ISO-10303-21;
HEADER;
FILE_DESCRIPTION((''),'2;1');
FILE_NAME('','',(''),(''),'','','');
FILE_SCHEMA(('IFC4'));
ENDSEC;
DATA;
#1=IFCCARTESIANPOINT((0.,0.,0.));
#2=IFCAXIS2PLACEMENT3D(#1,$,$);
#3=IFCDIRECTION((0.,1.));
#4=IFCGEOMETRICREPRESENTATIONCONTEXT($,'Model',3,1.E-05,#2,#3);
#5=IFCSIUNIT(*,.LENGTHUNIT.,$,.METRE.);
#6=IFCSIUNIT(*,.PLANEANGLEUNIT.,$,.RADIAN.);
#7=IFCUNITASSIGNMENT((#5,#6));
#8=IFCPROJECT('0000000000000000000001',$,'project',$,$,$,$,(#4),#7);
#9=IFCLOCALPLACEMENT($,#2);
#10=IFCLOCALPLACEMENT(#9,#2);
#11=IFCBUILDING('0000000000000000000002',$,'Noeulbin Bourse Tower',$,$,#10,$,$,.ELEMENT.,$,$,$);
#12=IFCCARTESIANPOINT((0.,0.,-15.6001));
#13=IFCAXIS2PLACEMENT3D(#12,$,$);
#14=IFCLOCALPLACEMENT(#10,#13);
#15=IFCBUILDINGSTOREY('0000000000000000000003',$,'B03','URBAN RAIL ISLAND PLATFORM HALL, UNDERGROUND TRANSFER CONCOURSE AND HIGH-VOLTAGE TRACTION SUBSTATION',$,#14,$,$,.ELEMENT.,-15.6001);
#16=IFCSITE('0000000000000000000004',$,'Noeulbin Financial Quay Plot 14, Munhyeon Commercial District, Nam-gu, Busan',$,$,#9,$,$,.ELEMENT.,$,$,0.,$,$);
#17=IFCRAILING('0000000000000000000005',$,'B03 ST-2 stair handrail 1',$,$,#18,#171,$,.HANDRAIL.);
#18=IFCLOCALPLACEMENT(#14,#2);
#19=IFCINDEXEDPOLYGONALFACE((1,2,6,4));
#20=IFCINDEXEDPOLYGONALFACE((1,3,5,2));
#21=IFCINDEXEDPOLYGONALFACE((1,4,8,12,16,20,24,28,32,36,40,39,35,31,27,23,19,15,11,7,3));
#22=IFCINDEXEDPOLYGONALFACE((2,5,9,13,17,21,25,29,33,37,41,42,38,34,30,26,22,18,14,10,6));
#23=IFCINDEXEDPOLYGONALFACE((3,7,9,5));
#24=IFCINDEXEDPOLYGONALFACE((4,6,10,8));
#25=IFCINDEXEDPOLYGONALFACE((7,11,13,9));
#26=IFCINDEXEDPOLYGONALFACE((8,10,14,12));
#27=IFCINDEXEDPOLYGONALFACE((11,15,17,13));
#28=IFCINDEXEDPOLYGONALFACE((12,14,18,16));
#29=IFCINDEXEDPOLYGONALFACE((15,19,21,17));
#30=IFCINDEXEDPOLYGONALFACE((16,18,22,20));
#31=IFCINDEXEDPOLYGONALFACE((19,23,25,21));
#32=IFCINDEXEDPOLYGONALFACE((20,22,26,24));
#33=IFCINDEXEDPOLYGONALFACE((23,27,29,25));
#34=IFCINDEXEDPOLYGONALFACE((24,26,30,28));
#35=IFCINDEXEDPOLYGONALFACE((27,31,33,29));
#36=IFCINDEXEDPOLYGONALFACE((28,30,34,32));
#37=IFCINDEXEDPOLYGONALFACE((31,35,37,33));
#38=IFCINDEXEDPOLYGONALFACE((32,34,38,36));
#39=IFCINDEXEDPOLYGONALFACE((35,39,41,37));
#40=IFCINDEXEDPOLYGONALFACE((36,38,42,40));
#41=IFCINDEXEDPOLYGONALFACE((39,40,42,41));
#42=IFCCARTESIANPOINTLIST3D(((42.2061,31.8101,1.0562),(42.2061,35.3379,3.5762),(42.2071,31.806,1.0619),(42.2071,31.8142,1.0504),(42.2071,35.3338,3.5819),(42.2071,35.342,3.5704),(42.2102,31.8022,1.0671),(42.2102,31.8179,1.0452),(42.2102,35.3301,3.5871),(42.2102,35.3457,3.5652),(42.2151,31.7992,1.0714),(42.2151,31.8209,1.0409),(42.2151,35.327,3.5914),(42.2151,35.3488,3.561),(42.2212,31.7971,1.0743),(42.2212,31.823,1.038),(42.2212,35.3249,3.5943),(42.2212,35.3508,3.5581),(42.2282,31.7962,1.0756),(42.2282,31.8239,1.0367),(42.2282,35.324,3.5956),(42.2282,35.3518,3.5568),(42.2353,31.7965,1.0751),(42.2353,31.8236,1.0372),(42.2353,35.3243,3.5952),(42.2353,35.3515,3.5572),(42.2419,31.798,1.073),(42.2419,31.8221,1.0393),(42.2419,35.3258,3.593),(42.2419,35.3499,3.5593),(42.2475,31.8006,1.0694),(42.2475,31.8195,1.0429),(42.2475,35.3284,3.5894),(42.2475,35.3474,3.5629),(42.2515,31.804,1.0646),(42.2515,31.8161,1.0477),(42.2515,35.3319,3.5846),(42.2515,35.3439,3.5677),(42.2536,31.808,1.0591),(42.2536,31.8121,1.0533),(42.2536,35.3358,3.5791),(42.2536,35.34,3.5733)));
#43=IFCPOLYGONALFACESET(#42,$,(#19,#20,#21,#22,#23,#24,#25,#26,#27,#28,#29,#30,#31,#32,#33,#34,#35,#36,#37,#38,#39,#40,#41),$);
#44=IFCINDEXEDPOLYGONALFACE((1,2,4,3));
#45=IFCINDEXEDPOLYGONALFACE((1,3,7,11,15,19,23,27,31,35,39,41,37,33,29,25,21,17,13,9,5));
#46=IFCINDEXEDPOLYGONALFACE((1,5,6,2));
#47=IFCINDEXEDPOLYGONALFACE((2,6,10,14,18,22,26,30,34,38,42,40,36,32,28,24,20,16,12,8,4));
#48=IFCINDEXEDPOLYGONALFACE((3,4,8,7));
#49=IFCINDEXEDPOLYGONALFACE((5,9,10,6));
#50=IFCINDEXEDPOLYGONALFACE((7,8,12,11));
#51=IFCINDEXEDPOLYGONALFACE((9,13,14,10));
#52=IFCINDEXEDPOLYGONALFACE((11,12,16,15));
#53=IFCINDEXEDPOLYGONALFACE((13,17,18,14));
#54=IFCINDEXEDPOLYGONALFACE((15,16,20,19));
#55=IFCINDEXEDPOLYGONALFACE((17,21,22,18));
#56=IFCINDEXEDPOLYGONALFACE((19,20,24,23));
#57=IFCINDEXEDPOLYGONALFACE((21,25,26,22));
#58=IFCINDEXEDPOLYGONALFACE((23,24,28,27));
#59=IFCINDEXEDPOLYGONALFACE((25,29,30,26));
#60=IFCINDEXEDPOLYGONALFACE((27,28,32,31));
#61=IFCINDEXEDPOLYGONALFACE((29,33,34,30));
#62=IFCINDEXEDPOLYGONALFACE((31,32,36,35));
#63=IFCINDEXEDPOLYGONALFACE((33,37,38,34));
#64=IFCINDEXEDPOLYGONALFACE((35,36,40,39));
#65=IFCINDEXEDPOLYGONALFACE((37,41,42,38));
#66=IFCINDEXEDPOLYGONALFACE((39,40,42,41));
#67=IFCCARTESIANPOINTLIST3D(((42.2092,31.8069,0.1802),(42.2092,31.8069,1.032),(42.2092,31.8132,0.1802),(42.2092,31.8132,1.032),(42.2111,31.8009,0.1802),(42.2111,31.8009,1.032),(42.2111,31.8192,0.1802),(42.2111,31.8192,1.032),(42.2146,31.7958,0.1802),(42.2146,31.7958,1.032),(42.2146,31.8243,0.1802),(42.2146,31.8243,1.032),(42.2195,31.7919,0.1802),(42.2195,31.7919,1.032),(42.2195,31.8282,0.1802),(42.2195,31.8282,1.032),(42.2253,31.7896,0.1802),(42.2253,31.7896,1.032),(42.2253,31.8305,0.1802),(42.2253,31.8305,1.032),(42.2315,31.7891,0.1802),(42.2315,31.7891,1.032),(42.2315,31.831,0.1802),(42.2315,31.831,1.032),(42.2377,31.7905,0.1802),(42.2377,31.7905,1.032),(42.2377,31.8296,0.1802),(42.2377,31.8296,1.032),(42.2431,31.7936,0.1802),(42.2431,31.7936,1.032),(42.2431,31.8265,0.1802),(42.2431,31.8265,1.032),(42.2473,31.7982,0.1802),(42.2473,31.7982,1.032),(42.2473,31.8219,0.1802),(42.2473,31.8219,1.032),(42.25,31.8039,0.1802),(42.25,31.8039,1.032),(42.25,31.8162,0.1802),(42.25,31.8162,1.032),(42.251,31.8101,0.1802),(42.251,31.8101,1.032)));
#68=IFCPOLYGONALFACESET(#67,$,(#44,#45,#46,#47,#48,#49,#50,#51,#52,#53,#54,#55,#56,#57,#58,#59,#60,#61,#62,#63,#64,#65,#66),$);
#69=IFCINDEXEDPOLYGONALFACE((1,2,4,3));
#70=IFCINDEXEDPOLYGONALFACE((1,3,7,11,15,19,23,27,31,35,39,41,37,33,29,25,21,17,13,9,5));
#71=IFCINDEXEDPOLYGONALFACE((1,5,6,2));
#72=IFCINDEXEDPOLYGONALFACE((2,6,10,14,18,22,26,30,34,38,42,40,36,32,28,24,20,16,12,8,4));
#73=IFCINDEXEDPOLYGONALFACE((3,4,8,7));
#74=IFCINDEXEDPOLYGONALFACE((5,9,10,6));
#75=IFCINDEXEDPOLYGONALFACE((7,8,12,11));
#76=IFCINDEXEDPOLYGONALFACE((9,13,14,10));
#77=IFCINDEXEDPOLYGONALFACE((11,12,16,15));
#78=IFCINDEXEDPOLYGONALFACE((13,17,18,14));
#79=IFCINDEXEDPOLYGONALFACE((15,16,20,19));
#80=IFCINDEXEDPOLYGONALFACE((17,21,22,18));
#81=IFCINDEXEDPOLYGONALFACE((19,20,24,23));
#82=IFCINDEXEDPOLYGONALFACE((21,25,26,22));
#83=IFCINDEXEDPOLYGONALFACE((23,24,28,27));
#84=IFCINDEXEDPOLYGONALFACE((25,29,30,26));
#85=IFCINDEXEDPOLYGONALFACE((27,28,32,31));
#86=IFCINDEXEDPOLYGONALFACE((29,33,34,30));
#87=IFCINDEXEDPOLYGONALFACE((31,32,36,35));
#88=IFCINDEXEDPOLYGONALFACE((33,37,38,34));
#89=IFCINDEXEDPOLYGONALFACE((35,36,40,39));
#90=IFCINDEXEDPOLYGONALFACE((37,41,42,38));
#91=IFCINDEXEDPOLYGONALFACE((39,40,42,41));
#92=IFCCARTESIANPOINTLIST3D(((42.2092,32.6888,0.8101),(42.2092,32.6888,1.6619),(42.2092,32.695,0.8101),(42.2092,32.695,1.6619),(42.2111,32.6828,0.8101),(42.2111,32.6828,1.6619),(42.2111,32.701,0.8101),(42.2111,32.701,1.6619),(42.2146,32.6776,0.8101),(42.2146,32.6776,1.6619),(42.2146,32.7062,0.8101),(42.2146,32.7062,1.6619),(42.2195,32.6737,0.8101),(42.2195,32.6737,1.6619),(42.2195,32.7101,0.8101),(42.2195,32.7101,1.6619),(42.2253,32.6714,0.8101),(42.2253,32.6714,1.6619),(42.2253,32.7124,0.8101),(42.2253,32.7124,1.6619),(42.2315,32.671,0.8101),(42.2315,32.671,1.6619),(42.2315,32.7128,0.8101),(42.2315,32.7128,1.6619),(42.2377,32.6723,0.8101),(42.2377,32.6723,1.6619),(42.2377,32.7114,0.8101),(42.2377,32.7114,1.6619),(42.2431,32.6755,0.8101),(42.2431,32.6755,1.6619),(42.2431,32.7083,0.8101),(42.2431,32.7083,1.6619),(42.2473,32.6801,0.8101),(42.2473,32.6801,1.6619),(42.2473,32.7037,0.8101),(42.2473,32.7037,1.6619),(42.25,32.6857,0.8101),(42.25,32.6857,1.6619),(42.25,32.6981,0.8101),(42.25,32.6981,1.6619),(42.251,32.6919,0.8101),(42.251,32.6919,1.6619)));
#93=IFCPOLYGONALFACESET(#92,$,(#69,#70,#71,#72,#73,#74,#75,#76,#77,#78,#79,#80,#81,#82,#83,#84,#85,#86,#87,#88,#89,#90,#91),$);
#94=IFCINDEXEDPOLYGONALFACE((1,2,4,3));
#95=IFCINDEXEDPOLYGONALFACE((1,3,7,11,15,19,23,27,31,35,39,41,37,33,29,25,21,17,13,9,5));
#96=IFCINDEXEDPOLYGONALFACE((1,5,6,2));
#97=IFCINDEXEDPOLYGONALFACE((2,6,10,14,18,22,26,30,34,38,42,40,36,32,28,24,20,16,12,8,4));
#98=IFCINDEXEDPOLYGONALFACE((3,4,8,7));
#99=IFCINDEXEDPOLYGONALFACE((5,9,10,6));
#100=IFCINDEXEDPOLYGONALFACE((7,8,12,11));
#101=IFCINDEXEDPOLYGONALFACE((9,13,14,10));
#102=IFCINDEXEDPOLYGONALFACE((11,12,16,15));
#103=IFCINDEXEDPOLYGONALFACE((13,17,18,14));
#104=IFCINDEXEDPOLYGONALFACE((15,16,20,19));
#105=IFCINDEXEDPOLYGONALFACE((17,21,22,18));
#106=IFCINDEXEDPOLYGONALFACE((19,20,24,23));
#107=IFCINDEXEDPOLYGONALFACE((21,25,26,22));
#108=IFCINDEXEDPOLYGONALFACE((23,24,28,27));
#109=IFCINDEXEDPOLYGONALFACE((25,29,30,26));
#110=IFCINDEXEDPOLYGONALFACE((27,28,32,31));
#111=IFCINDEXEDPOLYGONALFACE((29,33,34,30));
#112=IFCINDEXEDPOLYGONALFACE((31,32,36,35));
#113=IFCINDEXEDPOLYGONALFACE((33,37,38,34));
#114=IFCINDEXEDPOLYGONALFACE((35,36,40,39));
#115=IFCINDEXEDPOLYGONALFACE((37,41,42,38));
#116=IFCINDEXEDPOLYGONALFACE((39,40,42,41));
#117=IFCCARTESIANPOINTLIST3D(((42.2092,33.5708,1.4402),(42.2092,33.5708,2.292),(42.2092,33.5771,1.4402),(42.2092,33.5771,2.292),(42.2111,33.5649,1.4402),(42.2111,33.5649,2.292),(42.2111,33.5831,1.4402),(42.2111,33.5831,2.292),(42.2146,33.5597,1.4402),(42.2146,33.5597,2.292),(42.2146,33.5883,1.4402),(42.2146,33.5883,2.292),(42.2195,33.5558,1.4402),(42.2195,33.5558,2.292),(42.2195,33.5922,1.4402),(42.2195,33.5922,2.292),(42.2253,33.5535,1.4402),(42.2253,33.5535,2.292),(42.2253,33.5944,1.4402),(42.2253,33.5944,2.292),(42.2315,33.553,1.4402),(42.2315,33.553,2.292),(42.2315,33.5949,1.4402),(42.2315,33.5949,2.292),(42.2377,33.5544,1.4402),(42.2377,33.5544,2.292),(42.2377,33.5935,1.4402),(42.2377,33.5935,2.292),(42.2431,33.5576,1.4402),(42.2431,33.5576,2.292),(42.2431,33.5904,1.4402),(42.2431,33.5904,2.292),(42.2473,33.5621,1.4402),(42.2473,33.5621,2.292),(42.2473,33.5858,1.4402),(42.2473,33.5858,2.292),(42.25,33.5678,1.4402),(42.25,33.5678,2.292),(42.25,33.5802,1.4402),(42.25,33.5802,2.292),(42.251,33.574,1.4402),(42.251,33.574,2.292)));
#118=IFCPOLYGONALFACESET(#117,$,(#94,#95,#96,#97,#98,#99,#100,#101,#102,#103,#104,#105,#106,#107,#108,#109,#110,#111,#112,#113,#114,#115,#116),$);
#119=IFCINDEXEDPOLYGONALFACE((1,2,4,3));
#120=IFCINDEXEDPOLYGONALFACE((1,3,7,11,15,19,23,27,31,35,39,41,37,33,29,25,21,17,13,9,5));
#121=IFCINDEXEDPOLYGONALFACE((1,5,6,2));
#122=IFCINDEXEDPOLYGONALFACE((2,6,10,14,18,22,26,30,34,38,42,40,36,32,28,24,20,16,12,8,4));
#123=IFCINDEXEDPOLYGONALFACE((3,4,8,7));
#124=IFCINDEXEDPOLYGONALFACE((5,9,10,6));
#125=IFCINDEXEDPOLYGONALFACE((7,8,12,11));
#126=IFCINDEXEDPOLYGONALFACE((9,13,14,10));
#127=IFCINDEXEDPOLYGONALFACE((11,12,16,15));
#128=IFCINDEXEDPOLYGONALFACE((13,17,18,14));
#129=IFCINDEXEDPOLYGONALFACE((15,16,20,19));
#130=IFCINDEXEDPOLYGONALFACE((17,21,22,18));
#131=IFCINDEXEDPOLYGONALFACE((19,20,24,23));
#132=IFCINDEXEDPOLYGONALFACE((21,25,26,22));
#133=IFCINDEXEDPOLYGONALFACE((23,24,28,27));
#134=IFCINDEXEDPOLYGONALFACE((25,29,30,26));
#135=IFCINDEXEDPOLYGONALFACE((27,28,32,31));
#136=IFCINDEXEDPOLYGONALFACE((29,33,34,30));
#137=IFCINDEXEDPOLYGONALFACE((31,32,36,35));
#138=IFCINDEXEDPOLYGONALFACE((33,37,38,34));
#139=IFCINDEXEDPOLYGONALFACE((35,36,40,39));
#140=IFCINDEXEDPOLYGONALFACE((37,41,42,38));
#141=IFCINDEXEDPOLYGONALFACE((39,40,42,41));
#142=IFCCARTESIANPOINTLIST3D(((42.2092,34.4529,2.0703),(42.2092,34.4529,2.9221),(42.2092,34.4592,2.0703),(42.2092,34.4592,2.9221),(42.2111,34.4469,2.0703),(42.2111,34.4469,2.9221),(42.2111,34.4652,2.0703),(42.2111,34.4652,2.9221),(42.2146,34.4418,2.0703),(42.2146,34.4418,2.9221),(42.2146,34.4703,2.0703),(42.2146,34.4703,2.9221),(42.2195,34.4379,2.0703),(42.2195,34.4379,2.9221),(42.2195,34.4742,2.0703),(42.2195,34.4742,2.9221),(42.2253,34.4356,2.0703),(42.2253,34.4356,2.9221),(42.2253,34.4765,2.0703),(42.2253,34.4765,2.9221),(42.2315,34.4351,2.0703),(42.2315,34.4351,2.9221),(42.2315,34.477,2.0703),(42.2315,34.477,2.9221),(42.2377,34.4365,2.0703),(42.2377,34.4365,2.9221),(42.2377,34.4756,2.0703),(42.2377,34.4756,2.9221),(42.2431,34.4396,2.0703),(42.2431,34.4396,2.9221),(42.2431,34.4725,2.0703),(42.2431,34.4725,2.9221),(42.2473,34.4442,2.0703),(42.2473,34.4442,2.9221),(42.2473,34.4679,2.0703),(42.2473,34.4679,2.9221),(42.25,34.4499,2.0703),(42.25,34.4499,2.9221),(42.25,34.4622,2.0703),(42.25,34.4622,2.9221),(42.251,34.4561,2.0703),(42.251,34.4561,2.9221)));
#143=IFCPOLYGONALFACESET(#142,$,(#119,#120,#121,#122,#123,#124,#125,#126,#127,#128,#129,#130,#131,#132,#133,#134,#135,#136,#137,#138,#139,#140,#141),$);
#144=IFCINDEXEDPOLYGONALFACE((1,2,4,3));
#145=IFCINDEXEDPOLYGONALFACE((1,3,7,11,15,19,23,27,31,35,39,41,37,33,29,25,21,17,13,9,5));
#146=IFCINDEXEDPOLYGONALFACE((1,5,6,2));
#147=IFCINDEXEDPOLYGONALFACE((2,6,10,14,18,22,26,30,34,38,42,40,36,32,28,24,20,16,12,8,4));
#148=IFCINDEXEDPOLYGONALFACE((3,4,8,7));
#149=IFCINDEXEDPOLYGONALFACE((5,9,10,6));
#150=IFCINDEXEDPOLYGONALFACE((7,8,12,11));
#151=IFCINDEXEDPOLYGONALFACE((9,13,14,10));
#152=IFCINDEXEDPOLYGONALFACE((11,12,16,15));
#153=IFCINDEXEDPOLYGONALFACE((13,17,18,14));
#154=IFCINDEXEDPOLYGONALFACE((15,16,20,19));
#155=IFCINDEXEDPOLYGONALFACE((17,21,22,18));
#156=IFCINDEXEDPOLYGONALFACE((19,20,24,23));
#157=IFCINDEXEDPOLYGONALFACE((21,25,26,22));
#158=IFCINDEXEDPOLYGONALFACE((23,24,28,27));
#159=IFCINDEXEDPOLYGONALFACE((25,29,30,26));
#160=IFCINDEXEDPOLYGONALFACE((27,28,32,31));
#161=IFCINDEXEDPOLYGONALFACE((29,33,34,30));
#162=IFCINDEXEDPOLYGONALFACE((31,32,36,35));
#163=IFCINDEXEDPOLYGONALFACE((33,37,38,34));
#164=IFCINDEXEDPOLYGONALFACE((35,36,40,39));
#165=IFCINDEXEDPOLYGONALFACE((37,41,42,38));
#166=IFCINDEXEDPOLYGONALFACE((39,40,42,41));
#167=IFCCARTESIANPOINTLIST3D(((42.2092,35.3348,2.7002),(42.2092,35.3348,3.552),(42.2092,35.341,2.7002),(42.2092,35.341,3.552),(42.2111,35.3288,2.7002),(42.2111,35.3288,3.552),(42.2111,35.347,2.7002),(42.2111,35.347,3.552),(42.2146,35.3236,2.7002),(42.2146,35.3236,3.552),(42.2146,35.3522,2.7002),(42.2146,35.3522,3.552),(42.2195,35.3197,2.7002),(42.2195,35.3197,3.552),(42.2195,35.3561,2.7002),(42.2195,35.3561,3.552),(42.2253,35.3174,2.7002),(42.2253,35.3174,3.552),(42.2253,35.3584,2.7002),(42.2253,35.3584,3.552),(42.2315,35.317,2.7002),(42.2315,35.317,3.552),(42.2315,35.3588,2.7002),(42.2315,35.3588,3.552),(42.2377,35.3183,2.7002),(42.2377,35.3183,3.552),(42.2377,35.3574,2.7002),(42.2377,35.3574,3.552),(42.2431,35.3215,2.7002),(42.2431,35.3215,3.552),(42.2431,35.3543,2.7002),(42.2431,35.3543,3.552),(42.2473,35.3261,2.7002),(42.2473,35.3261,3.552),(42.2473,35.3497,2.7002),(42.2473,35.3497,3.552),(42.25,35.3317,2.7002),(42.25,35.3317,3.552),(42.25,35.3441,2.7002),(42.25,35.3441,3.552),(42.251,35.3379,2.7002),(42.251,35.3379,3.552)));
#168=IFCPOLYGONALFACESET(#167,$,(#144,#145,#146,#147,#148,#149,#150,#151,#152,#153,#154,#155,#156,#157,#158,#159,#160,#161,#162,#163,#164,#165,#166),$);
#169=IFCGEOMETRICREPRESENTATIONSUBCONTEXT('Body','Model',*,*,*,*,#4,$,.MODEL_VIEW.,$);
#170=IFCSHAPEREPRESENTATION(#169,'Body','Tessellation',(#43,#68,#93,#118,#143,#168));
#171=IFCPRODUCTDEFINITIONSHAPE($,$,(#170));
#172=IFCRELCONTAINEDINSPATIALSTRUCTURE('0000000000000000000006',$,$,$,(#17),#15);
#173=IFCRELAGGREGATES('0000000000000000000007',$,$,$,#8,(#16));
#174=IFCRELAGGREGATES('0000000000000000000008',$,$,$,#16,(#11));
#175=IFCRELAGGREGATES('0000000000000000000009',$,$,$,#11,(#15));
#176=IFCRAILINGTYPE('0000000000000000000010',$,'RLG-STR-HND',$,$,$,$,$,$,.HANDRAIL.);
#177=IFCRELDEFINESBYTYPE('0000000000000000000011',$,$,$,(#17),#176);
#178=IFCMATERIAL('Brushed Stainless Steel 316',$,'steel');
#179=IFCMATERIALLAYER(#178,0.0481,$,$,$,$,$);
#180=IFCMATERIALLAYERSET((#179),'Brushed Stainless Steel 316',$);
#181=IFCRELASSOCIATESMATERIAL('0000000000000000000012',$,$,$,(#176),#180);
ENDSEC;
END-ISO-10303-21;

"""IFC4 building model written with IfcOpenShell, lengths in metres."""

from ifc_helpers import new_model, si_unit, direction, frame, origin, origin_2d, place, context, subcontext, project, spatial, circle, extrude, material, layer, layer_set, type_object, element, save


model = new_model("IFC4")

# Units and contexts
model_context = context("Model", 3, precision=1e-05, world=origin(), true_north=direction((0.0, 1.0)))
body_context = subcontext(model_context, "Body", "Model", "MODEL_VIEW")
ifc_project = project(units=[si_unit("LENGTHUNIT", "METRE"), si_unit("PLANEANGLEUNIT", "RADIAN")], contexts=[model_context])

# Site, building, storey
site_placement = place(None, origin())
site = spatial("IfcSite", under=ifc_project, at=site_placement, Name="Noeulbin Financial Quay Plot 14, Munhyeon Commercial District, Nam-gu, Busan", CompositionType="ELEMENT", RefElevation=0.0)
building_placement = place(site_placement, origin())
building = spatial("IfcBuilding", under=site, at=building_placement, Name="Noeulbin Bourse Tower", CompositionType="ELEMENT")
storey_placement = place(building_placement, frame((0.0, 0.0, -15.6001)))
storey = spatial("IfcBuildingStorey", under=building, at=storey_placement, Name="B03", Description="URBAN RAIL ISLAND PLATFORM HALL, UNDERGROUND TRANSFER CONCOURSE AND HIGH-VOLTAGE TRACTION SUBSTATION", CompositionType="ELEMENT", Elevation=-15.6001)

# Shared definitions
ifc_material_1 = material(Name="Brushed Stainless Steel 316", Category="steel")

# Railing
ifc_layer_1 = layer(ifc_material_1, 0.0481)
ifc_layer_set_1 = layer_set([ifc_layer_1], Name="Brushed Stainless Steel 316")
railing_type_1 = type_object("IfcRailingType", Name="RLG-STR-HND", PredefinedType="HANDRAIL", material=ifc_layer_set_1)
railing_1_placement = place(storey_placement, frame((42.23, 31.8101, 0.1802)))
element("IfcRailing", 1, at=railing_1_placement, inside=storey, type_object=railing_type_1, Name="B03 ST-2 stair handrail 1", PredefinedType="HANDRAIL", context=body_context, shape_type="SweptSolid", body=[
    extrude(circle(Radius=0.0239, at=origin_2d()), frame((0.0, 0.0, 0.876), z_axis=(0.0, 0.813718, 0.58126), x_axis=(-1.0, 0.0, 0.0)), (0.0, 0.0, 1.0), 4.3354),
    extrude(circle(Radius=0.021, at=origin_2d()), origin(), (0.0, 0.0, 1.0), 0.8518),
    extrude(circle(Radius=0.021, at=origin_2d()), frame((0.0, 0.8818, 0.6299)), (0.0, 0.0, 1.0), 0.8518),
    extrude(circle(Radius=0.021, at=origin_2d()), frame((0.0, 1.7639, 1.26)), (0.0, 0.0, 1.0), 0.8518),
    extrude(circle(Radius=0.021, at=origin_2d()), frame((0.0, 2.646, 1.8901)), (0.0, 0.0, 1.0), 0.8518),
    extrude(circle(Radius=0.021, at=origin_2d()), frame((0.0, 3.5278, 2.52)), (0.0, 0.0, 1.0), 0.8518),
])

save(model, "model.ifc")
